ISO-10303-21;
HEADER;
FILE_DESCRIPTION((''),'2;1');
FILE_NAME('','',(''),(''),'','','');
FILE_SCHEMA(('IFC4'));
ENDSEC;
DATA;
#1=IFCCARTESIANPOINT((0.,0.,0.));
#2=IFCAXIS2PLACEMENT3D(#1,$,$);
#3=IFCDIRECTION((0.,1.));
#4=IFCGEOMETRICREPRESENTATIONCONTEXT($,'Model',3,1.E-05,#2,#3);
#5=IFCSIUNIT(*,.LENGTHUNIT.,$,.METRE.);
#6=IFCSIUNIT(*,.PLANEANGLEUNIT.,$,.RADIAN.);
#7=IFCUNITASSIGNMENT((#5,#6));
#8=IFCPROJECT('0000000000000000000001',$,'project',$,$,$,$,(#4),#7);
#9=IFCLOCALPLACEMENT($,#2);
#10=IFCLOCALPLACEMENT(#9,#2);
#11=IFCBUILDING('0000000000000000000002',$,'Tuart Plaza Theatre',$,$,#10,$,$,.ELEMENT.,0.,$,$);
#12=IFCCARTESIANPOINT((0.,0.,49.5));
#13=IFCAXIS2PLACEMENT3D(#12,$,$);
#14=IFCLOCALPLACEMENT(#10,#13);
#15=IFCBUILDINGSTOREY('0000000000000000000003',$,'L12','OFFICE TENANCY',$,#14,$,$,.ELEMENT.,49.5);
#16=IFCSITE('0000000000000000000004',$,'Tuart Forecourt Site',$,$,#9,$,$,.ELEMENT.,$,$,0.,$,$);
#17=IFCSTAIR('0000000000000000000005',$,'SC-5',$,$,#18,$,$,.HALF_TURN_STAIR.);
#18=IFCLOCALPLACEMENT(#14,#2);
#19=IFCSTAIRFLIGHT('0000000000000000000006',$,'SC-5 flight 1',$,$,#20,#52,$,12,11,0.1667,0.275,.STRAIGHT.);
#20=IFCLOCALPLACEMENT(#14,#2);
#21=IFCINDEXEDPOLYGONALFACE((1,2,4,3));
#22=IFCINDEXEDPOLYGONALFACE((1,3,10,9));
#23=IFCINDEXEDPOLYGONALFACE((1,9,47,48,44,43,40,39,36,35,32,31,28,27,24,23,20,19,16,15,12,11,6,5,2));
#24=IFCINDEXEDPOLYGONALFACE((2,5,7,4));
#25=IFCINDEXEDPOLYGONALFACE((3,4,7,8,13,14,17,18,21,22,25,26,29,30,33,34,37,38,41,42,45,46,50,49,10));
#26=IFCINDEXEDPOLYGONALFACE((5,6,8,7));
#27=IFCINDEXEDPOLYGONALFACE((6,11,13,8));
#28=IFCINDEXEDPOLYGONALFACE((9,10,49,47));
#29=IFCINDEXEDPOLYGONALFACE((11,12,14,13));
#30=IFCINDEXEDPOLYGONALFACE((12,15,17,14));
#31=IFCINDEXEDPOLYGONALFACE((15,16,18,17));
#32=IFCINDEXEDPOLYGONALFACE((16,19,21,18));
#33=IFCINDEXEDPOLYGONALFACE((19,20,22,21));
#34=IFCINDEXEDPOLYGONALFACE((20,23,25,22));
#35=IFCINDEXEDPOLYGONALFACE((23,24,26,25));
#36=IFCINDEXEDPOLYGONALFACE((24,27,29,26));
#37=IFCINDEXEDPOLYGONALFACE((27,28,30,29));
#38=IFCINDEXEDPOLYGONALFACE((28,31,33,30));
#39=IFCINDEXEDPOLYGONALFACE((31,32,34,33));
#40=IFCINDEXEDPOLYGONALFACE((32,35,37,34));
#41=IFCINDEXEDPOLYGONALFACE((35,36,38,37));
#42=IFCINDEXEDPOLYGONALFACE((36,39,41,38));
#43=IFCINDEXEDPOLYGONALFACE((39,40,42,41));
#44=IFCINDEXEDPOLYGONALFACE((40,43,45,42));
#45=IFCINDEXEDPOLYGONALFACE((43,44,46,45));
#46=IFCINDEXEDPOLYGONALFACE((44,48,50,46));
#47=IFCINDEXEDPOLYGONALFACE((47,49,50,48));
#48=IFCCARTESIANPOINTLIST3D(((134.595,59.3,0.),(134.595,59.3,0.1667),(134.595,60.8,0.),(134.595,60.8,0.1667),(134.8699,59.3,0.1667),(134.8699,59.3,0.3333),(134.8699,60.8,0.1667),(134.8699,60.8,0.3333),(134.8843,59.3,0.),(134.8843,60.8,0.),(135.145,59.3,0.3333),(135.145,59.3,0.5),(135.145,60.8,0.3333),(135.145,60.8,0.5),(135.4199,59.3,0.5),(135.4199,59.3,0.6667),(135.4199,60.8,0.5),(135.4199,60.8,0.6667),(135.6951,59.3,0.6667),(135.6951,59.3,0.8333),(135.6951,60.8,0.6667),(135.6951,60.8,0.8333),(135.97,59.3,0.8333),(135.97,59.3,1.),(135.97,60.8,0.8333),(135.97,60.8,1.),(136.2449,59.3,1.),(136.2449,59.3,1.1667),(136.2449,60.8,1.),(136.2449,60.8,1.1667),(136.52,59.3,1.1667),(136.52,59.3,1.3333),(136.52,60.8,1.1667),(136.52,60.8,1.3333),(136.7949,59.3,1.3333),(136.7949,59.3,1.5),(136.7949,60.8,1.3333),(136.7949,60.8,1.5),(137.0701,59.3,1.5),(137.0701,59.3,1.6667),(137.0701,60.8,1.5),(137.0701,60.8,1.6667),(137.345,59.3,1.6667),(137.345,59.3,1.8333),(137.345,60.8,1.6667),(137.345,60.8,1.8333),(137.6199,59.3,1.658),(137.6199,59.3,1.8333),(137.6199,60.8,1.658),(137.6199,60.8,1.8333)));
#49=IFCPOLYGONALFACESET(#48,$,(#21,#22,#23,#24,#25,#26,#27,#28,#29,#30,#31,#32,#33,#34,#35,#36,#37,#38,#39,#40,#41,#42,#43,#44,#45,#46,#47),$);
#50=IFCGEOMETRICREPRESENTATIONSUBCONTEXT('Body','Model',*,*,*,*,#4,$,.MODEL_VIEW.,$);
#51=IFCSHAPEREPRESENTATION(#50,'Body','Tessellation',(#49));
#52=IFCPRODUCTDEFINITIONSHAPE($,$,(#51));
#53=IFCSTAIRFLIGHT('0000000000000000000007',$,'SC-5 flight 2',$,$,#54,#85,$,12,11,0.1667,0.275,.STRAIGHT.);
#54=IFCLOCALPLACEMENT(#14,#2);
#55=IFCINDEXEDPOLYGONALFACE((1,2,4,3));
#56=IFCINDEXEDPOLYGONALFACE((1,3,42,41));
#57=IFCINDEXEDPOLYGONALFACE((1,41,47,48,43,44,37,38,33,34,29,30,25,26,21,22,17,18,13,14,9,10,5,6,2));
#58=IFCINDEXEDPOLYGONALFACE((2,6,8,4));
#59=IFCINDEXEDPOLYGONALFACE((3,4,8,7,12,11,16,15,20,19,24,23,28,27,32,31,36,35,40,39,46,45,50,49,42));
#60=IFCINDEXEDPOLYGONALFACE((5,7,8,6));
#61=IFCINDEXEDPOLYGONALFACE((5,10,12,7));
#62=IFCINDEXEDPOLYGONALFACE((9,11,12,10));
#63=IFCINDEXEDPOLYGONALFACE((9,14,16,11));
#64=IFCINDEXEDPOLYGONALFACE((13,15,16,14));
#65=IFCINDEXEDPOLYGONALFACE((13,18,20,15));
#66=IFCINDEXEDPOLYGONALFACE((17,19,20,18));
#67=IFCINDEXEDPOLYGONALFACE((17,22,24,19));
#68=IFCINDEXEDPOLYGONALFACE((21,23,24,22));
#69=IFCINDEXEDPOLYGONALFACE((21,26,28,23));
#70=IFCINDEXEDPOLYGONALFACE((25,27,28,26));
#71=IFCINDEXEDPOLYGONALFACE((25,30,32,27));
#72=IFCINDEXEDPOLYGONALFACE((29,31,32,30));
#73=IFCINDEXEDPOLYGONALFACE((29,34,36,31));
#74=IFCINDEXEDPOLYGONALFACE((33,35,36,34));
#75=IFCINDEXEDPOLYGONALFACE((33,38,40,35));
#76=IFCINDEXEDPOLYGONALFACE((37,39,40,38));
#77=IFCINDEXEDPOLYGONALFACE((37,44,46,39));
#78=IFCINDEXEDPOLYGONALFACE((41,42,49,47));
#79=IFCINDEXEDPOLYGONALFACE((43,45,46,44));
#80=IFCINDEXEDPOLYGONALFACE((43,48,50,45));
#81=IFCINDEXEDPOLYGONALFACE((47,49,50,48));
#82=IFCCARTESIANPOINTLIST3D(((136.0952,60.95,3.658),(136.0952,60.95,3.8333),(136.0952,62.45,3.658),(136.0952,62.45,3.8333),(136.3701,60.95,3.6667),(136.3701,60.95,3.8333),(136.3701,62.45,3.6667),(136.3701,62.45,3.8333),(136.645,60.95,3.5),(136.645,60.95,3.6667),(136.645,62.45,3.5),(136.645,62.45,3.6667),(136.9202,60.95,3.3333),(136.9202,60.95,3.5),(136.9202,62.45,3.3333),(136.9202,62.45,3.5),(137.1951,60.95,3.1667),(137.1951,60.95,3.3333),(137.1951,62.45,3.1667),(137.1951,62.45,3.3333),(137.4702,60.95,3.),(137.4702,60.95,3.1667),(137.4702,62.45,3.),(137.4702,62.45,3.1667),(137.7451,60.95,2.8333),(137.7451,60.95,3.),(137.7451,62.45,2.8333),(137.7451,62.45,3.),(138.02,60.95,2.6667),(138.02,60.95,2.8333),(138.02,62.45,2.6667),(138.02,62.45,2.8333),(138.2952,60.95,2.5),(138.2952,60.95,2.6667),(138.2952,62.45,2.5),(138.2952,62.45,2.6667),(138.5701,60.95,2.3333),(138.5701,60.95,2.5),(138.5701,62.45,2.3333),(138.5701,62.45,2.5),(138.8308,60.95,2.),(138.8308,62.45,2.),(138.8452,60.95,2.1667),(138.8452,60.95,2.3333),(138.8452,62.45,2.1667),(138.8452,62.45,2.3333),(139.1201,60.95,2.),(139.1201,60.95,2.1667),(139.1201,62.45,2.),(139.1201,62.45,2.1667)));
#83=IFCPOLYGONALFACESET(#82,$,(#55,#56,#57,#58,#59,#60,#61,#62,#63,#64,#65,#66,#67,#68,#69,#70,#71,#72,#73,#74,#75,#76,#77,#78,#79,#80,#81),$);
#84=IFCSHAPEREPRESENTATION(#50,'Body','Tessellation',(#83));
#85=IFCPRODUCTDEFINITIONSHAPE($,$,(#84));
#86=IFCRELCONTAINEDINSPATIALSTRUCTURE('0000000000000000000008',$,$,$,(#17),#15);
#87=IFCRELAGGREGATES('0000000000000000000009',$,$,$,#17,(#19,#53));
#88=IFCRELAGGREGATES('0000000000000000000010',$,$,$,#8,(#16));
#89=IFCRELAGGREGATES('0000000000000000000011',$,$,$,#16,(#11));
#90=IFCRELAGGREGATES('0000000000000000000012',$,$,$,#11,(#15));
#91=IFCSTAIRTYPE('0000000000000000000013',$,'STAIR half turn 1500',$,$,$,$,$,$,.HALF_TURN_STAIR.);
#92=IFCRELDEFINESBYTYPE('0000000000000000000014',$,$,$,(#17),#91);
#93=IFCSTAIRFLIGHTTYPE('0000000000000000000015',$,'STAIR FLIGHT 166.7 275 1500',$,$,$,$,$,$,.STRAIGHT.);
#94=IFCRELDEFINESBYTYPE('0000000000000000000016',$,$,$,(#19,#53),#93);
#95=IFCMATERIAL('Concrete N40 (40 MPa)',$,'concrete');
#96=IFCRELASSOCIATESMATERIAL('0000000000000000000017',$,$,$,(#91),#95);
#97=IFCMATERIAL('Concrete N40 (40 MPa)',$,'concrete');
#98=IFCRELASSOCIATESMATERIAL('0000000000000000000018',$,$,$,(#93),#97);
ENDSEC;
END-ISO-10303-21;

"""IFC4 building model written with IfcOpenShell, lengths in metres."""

from ifc_helpers import new_model, si_unit, direction, frame, origin, place, context, subcontext, project, spatial, polyline, outline, extrude, material, type_object, element, aggregate, save


model = new_model("IFC4")

# Units and contexts
model_context = context("Model", 3, precision=1e-05, world=origin(), true_north=direction((0.0, 1.0)))
body_context = subcontext(model_context, "Body", "Model", "MODEL_VIEW")
ifc_project = project(units=[si_unit("LENGTHUNIT", "METRE"), si_unit("PLANEANGLEUNIT", "RADIAN")], contexts=[model_context])

# Site, building, storey
site_placement = place(None, origin())
site = spatial("IfcSite", under=ifc_project, at=site_placement, Name="Tuart Forecourt Site", CompositionType="ELEMENT", RefElevation=0.0)
building_placement = place(site_placement, origin())
building = spatial("IfcBuilding", under=site, at=building_placement, Name="Tuart Plaza Theatre", CompositionType="ELEMENT", ElevationOfRefHeight=0.0)
storey_placement = place(building_placement, frame((0.0, 0.0, 49.5)))
storey = spatial("IfcBuildingStorey", under=building, at=storey_placement, Name="L12", Description="OFFICE TENANCY", CompositionType="ELEMENT", Elevation=49.5)

# Stair, stair flights
ifc_material_1 = material(Name="Concrete N40 (40 MPa)", Category="concrete")
stair_type = type_object("IfcStairType", Name="STAIR half turn 1500", PredefinedType="HALF_TURN_STAIR", material=ifc_material_1)
stair_placement = place(storey_placement, origin())
stair = element("IfcStair", 1, at=stair_placement, inside=storey, type_object=stair_type, Name="SC-5", PredefinedType="HALF_TURN_STAIR")
ifc_material_2 = material(Name="Concrete N40 (40 MPa)", Category="concrete")
stair_flight_type = type_object("IfcStairFlightType", Name="STAIR FLIGHT 166.7 275 1500", PredefinedType="STRAIGHT", material=ifc_material_2)
stair_flight_1_placement = place(storey_placement, frame((134.595, 60.05, 0.0), z_axis=(0.0, 0.0, 1.0), x_axis=(1.0, 0.0, 0.0)))
stair_flight_1 = element("IfcStairFlight", 2, at=stair_flight_1_placement, type_object=stair_flight_type, Name="SC-5 flight 1", NumberOfRisers=12, NumberOfTreads=11, PredefinedType="STRAIGHT", RiserHeight=0.1667, TreadLength=0.275, context=body_context, shape_type="SweptSolid", body=[
    extrude(outline(polyline([(0.0, 0.0), (0.0, 0.1667), (0.2749, 0.1667), (0.2749, 0.3333), (0.55, 0.3333), (0.55, 0.5), (0.825, 0.5), (0.825, 0.6667), (1.1001, 0.6667), (1.1001, 0.8333), (1.375, 0.8333), (1.375, 1.0), (1.6499, 1.0), (1.6499, 1.1667), (1.925, 1.1667), (1.925, 1.3333), (2.2, 1.3333), (2.2, 1.5), (2.4751, 1.5), (2.4751, 1.6667), (2.75, 1.6667), (2.75, 1.8333), (3.0249, 1.8333), (3.0249, 2.0), (3.0249, 1.658), (0.2893, 0.0), (0.0, 0.0)])), frame((0.0, 0.75, 0.0), z_axis=(0.0, -1.0, 0.0), x_axis=(1.0, 0.0, 0.0)), (0.0, 0.0, 1.0), 1.5),
])
stair_flight_2_placement = place(storey_placement, frame((139.1201, 61.7, 2.0), z_axis=(0.0, 0.0, 1.0), x_axis=(-1.0, 0.0, 0.0)))
stair_flight_2 = element("IfcStairFlight", 3, at=stair_flight_2_placement, type_object=stair_flight_type, Name="SC-5 flight 2", NumberOfRisers=12, NumberOfTreads=11, PredefinedType="STRAIGHT", RiserHeight=0.1667, TreadLength=0.275, context=body_context, shape_type="SweptSolid", body=[
    extrude(outline(polyline([(0.0, 0.0), (0.0, 0.1667), (0.2749, 0.1667), (0.2749, 0.3333), (0.55, 0.3333), (0.55, 0.5), (0.825, 0.5), (0.825, 0.6667), (1.1001, 0.6667), (1.1001, 0.8333), (1.375, 0.8333), (1.375, 1.0), (1.6499, 1.0), (1.6499, 1.1667), (1.925, 1.1667), (1.925, 1.3333), (2.2, 1.3333), (2.2, 1.5), (2.4751, 1.5), (2.4751, 1.6667), (2.75, 1.6667), (2.75, 1.8333), (3.0249, 1.8333), (3.0249, 2.0), (3.0249, 1.658), (0.2893, 0.0), (0.0, 0.0)])), frame((0.0, 0.75, 0.0), z_axis=(0.0, -1.0, 0.0), x_axis=(1.0, 0.0, 0.0)), (0.0, 0.0, 1.0), 1.5),
])
aggregate(stair, [stair_flight_1, stair_flight_2])

save(model, "model.ifc")
